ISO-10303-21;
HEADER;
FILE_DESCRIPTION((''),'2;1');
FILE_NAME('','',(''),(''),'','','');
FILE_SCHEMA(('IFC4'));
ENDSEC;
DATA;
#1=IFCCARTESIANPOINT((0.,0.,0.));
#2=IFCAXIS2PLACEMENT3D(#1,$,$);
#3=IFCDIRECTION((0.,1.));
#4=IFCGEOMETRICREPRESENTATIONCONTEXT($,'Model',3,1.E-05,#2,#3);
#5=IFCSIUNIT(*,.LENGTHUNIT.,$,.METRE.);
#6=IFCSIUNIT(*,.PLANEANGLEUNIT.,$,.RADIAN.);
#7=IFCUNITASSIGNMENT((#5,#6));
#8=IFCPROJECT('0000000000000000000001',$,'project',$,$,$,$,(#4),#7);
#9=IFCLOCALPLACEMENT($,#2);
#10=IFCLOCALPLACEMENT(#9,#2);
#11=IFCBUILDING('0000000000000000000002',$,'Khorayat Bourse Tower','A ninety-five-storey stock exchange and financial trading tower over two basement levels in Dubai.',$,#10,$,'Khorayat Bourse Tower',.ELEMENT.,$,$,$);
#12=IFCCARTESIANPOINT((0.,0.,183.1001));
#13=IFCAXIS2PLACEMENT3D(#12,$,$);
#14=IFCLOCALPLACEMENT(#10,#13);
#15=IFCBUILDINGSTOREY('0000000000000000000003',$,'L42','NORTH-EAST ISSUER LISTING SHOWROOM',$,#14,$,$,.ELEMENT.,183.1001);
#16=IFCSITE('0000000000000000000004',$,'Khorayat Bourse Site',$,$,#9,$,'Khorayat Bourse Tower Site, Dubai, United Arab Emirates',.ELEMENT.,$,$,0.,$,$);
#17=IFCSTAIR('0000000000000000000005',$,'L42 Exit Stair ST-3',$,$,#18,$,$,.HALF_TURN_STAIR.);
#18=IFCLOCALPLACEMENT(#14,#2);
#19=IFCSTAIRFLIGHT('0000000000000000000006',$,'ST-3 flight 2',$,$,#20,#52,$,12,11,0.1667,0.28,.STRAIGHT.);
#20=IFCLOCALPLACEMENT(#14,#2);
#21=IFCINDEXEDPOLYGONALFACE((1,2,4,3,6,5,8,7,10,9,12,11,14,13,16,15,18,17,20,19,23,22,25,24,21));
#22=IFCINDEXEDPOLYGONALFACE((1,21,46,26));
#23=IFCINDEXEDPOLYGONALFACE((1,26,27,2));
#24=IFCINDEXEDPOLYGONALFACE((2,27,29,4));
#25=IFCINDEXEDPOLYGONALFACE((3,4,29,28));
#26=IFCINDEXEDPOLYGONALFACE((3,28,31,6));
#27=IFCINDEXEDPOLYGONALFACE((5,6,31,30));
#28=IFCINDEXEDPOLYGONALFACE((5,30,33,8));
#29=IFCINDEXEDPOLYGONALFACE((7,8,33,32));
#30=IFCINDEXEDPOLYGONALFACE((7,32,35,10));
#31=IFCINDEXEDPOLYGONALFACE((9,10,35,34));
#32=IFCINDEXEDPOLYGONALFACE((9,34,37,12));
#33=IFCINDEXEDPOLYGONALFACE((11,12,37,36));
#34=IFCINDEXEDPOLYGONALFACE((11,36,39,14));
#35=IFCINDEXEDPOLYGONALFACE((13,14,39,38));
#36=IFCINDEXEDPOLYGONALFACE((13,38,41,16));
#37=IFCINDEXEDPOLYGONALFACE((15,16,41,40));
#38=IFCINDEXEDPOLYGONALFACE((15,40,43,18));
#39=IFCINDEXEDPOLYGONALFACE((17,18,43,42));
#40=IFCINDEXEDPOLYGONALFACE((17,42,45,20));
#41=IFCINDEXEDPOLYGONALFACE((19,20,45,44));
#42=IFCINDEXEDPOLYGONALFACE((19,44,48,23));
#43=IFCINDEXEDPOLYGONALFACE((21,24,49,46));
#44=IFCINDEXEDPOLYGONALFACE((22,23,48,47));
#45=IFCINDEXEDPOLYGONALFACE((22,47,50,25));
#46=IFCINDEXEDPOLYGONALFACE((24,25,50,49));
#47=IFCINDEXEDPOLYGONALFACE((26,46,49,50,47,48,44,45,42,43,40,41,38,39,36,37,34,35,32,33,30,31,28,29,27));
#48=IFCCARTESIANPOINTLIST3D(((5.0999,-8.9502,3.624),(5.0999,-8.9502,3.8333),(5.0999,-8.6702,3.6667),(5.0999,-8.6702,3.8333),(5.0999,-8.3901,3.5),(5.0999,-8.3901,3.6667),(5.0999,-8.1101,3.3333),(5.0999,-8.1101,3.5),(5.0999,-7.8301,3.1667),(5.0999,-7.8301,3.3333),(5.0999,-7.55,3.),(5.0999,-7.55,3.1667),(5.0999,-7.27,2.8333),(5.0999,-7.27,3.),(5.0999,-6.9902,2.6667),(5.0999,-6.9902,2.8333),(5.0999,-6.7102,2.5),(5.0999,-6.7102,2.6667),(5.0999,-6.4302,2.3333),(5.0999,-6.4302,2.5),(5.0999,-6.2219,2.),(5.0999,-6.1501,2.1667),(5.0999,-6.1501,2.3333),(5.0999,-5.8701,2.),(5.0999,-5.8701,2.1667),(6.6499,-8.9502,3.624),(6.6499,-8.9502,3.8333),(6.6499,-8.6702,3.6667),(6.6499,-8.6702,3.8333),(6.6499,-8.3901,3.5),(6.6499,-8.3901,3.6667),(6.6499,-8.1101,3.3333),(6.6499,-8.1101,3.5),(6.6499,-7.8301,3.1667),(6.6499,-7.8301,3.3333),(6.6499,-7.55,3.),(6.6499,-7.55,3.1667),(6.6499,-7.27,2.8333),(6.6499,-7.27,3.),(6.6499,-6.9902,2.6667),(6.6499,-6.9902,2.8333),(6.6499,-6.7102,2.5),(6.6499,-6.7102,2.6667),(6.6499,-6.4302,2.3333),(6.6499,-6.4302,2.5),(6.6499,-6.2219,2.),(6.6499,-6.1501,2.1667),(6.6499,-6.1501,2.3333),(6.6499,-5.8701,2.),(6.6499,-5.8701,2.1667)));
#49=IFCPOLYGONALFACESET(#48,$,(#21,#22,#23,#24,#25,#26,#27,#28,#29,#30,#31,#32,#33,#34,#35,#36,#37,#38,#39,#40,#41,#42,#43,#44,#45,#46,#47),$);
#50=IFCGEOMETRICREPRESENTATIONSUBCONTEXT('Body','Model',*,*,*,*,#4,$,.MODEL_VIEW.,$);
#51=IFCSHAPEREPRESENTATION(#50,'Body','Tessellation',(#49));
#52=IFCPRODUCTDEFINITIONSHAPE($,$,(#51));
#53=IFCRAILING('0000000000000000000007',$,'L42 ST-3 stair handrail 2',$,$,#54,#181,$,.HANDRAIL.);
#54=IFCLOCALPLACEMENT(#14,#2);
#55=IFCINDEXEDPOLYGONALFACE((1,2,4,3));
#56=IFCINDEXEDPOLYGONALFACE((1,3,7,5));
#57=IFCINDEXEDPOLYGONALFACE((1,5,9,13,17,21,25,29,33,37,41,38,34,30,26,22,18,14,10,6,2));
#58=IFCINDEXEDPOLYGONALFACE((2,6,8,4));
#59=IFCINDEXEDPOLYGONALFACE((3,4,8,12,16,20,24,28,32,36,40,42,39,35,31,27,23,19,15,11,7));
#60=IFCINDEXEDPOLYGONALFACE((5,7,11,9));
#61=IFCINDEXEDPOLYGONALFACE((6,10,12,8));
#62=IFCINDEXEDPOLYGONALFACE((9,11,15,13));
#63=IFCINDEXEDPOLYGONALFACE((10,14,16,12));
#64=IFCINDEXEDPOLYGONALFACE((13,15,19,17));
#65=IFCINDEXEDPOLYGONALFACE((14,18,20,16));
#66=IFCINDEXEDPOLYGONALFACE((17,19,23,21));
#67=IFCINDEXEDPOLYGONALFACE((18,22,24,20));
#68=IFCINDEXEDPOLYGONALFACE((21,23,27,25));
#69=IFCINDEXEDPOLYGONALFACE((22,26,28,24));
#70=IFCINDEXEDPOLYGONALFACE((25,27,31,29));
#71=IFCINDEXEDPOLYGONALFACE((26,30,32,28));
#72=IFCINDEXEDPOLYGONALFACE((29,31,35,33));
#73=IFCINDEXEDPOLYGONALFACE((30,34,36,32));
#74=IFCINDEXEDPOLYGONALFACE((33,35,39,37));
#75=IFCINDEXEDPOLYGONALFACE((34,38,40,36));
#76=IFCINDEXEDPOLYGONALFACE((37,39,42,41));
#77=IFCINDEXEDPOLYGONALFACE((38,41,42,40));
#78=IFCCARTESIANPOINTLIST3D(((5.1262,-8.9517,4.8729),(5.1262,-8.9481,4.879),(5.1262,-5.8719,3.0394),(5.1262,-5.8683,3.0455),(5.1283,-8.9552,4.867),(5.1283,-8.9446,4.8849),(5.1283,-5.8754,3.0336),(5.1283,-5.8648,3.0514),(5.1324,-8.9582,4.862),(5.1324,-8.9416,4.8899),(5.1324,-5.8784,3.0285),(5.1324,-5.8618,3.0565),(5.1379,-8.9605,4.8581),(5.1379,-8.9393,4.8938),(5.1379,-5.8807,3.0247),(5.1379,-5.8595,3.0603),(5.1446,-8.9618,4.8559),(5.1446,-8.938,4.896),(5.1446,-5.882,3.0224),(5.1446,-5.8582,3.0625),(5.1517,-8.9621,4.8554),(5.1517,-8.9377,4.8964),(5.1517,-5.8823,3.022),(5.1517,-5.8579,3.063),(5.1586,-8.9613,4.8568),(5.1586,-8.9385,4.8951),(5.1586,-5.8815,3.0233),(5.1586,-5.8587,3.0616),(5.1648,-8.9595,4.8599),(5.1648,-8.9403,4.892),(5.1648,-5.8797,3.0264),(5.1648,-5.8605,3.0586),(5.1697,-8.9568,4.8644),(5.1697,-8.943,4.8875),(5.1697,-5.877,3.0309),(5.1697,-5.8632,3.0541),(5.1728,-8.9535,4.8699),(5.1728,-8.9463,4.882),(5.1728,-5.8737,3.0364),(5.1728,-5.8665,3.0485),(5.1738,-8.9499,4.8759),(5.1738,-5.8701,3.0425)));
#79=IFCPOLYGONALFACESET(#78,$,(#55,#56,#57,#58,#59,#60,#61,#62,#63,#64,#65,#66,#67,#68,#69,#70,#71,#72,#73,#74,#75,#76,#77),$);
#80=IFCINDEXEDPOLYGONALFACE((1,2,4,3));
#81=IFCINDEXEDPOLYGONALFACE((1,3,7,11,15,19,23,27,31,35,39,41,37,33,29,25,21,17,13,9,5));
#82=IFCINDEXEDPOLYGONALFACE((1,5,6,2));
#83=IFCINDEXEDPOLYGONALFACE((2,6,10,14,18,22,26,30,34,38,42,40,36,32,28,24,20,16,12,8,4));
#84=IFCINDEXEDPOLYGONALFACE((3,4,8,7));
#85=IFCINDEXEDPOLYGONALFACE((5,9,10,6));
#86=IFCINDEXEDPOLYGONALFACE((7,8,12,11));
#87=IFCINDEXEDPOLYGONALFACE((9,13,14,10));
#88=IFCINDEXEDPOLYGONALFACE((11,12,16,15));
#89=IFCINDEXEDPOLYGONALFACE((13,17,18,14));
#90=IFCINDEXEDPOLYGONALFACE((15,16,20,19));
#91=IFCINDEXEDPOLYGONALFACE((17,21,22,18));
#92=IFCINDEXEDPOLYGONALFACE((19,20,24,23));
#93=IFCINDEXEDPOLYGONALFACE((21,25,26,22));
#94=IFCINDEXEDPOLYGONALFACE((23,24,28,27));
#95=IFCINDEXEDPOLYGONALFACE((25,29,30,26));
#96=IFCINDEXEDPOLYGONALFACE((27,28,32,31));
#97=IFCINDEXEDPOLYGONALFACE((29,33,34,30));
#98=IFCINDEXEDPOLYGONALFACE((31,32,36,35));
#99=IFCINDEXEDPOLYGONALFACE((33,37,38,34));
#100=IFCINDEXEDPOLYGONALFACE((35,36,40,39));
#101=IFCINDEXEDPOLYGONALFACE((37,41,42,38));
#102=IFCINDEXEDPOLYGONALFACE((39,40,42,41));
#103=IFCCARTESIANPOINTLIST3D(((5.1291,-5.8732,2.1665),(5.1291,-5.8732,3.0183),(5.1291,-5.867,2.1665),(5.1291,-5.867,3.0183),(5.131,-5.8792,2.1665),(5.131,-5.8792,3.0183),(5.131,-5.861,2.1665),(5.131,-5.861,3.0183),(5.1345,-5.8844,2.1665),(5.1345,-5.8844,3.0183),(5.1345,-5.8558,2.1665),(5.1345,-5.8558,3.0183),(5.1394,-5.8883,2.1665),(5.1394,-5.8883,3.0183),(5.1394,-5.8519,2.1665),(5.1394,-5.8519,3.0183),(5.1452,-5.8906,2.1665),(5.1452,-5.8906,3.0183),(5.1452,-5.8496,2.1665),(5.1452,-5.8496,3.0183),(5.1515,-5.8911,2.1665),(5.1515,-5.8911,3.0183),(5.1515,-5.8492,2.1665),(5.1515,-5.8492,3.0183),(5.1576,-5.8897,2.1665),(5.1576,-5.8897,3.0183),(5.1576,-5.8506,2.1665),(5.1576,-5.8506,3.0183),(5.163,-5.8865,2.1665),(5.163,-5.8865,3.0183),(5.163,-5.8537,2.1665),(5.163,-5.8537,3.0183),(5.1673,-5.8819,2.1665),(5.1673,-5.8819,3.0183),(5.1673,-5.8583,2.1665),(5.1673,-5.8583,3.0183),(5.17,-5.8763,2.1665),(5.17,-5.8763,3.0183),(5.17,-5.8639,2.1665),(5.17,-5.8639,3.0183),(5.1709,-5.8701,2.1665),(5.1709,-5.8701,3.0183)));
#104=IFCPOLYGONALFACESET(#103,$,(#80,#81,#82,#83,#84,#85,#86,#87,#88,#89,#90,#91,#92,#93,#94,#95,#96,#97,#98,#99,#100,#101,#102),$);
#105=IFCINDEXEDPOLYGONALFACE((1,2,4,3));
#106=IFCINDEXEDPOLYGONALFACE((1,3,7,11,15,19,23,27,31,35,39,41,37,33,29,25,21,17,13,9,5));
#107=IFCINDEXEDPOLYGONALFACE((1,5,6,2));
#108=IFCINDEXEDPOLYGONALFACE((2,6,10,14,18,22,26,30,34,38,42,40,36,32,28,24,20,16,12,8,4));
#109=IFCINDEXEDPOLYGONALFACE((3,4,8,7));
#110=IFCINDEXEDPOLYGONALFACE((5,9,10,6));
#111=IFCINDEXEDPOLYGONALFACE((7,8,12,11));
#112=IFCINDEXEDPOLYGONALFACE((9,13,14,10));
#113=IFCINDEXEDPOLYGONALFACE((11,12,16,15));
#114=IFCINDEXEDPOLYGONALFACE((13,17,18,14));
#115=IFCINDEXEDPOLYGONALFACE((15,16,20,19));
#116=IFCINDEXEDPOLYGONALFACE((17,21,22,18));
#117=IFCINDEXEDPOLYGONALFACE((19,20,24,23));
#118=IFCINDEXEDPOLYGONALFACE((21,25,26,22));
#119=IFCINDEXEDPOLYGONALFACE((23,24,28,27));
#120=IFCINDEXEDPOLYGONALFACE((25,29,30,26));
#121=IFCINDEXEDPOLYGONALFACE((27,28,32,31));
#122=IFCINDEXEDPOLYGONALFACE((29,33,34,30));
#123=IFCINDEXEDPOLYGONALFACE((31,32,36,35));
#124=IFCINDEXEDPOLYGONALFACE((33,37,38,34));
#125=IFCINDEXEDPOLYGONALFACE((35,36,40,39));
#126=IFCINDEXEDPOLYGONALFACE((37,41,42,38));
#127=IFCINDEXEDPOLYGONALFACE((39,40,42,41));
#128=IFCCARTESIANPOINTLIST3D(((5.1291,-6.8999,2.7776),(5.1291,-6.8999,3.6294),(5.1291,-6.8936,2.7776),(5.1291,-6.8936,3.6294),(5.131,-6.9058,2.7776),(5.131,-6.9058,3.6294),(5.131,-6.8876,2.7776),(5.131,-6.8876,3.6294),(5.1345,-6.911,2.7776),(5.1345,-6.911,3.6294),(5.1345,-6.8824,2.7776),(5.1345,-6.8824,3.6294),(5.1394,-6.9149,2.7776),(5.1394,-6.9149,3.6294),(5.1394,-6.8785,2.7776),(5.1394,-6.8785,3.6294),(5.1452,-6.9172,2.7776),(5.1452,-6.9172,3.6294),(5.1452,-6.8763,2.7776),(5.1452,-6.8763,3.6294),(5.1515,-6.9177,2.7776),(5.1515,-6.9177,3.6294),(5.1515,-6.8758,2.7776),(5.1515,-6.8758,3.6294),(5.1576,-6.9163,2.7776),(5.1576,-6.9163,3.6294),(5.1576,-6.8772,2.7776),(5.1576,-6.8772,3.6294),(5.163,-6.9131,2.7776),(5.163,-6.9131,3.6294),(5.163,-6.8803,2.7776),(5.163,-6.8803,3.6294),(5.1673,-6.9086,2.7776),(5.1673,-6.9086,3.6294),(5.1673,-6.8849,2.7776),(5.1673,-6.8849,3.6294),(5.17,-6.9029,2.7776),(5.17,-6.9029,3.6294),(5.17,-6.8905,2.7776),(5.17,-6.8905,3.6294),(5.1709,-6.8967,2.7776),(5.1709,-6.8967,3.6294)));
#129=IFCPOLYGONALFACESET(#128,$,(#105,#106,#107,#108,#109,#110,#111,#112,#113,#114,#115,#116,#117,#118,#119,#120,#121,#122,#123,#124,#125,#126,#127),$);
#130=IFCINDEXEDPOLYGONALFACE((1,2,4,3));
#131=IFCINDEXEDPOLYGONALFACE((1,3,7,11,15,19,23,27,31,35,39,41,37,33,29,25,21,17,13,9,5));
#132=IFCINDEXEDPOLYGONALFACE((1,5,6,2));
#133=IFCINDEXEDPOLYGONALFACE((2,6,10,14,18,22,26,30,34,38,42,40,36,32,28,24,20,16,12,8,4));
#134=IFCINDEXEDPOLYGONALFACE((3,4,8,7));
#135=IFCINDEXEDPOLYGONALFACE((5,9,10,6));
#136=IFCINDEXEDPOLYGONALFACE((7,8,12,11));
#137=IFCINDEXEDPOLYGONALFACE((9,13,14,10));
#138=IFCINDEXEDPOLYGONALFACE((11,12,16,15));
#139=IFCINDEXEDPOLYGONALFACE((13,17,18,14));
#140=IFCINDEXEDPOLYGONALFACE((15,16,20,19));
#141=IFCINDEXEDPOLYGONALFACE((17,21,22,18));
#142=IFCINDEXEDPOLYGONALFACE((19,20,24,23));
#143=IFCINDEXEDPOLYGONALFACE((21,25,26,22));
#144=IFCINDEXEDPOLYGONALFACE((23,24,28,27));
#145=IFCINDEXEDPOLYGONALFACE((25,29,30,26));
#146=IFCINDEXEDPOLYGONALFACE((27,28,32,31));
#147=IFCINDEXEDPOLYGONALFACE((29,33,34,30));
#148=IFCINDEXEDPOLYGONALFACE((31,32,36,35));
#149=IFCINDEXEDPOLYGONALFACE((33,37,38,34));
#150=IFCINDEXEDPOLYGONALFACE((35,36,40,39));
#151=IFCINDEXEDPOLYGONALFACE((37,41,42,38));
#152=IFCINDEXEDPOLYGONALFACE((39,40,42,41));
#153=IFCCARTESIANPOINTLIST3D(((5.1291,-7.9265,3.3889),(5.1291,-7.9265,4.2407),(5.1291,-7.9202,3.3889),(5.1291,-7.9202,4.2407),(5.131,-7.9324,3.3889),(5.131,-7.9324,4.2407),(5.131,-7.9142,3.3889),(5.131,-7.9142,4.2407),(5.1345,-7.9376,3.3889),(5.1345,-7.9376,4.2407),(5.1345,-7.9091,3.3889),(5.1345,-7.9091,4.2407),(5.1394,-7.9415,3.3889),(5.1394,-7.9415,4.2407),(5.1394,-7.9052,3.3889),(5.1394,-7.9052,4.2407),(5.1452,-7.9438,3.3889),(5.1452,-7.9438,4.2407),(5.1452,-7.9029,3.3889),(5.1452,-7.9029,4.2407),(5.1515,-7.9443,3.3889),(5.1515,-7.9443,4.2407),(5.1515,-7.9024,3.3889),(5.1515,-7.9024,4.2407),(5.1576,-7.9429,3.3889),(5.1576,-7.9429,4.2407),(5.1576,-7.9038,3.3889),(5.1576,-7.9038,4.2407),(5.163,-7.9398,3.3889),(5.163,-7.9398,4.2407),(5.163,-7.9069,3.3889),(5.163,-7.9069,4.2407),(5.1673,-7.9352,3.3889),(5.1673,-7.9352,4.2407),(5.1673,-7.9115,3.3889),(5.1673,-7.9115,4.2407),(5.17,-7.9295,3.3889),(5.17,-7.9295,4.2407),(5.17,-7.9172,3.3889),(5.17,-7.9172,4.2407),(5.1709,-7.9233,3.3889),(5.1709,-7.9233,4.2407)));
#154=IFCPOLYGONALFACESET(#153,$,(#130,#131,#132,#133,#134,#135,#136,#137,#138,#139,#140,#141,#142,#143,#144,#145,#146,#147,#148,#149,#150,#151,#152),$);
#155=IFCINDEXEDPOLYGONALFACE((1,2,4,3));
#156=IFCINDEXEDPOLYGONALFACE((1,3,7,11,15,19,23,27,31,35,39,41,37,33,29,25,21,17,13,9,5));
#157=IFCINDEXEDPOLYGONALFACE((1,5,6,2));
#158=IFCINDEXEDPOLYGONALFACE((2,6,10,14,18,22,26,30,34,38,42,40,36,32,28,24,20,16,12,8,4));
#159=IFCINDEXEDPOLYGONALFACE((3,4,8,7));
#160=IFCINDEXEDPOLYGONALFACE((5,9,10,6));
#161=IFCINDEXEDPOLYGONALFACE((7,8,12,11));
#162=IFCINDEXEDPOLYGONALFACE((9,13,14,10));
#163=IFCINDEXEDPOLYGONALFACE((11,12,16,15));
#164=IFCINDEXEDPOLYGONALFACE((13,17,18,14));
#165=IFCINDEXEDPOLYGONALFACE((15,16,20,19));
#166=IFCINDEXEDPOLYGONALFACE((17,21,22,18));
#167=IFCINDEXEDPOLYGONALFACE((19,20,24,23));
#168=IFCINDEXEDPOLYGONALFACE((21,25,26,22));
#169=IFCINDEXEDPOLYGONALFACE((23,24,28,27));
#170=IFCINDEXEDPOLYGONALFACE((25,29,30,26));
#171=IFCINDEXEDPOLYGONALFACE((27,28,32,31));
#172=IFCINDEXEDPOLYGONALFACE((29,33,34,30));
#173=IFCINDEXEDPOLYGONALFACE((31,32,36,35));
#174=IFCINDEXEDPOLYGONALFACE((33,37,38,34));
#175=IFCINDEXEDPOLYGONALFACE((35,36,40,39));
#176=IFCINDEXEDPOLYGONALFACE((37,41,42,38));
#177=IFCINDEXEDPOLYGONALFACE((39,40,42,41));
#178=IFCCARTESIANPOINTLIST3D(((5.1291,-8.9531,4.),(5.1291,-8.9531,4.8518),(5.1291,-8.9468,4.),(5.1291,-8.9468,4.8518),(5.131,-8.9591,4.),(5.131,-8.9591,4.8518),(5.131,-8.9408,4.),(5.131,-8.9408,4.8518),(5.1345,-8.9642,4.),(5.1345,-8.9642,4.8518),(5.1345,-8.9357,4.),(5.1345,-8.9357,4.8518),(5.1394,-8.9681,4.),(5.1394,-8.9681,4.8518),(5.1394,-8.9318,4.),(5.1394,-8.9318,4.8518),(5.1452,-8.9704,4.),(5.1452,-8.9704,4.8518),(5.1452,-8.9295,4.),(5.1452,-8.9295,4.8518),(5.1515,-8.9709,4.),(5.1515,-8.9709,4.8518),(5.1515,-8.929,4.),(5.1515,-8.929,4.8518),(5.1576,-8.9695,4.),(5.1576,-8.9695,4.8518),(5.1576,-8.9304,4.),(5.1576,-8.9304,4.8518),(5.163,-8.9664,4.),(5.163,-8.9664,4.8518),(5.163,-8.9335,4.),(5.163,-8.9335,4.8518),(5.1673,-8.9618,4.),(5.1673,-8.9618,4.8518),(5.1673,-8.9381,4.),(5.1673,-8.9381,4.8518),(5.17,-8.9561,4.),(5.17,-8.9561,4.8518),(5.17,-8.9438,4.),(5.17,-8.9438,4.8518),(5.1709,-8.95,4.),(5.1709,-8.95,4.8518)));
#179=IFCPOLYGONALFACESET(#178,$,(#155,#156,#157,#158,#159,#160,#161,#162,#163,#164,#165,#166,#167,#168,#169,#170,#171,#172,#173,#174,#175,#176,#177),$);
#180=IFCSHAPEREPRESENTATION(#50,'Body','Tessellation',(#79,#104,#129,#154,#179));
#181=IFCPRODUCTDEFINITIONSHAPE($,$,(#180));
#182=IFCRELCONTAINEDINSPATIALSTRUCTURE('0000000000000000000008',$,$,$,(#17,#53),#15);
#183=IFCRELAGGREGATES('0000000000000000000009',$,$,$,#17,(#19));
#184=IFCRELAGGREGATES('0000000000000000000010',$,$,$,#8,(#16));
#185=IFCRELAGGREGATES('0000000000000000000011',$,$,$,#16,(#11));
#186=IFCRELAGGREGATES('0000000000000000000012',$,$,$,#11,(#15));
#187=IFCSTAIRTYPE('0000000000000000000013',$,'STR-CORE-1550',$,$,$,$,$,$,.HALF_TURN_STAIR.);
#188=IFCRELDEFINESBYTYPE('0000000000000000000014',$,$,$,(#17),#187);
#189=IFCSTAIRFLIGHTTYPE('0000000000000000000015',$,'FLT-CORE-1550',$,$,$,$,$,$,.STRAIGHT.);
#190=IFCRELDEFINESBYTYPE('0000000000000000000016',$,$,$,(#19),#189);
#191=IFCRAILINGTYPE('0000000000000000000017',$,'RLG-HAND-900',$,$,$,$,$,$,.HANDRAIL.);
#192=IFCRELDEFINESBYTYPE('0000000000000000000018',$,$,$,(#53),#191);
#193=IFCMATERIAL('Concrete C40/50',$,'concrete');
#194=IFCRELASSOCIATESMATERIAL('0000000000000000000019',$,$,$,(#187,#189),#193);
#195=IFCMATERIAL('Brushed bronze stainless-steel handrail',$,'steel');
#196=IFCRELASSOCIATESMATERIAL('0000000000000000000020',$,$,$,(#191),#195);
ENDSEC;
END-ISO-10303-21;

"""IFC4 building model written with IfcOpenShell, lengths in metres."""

from ifc_helpers import new_model, si_unit, direction, frame, origin, origin_2d, place, context, subcontext, project, spatial, polyline, circle, outline, extrude, source, transform, mapped, material, type_object, element, aggregate, save


model = new_model("IFC4")

# Units and contexts
model_context = context("Model", 3, precision=1e-05, world=origin(), true_north=direction((0.0, 1.0)))
body_context = subcontext(model_context, "Body", "Model", "MODEL_VIEW")
ifc_project = project(units=[si_unit("LENGTHUNIT", "METRE"), si_unit("PLANEANGLEUNIT", "RADIAN")], contexts=[model_context])

# Site, building, storey
site_placement = place(None, origin())
site = spatial("IfcSite", under=ifc_project, at=site_placement, Name="Khorayat Bourse Site", LongName="Khorayat Bourse Tower Site, Dubai, United Arab Emirates", CompositionType="ELEMENT", RefElevation=0.0)
building_placement = place(site_placement, origin())
building = spatial("IfcBuilding", under=site, at=building_placement, Name="Khorayat Bourse Tower", Description="A ninety-five-storey stock exchange and financial trading tower over two basement levels in Dubai.", LongName="Khorayat Bourse Tower", CompositionType="ELEMENT")
storey_placement = place(building_placement, frame((0.0, 0.0, 183.1001)))
storey = spatial("IfcBuildingStorey", under=building, at=storey_placement, Name="L42", Description="NORTH-EAST ISSUER LISTING SHOWROOM", CompositionType="ELEMENT", Elevation=183.1001)

# Stair, stair flight
ifc_material_1 = material(Name="Concrete C40/50", Category="concrete")
stair_type = type_object("IfcStairType", Name="STR-CORE-1550", PredefinedType="HALF_TURN_STAIR", material=ifc_material_1)
stair_placement = place(storey_placement, origin())
stair = element("IfcStair", 1, at=stair_placement, inside=storey, type_object=stair_type, Name="L42 Exit Stair ST-3", PredefinedType="HALF_TURN_STAIR")
stair_flight_type = type_object("IfcStairFlightType", Name="FLT-CORE-1550", PredefinedType="STRAIGHT", material=ifc_material_1)
shared_shape_1 = source(origin(), body_context, "Body", "SweptSolid", [
    extrude(outline(polyline([(0.0, 0.0), (0.0, 0.1667), (0.28, 0.1667), (0.28, 0.3333), (0.5601, 0.3333), (0.5601, 0.5), (0.8401, 0.5), (0.8401, 0.6667), (1.1201, 0.6667), (1.1201, 0.8333), (1.3999, 0.8333), (1.3999, 1.0), (1.6799, 1.0), (1.6799, 1.1667), (1.96, 1.1667), (1.96, 1.3333), (2.24, 1.3333), (2.24, 1.5), (2.52, 1.5), (2.52, 1.6667), (2.8, 1.6667), (2.8, 1.8333), (3.0801, 1.8333), (3.0801, 2.0), (3.0801, 1.624), (0.3518, 0.0), (0.0, 0.0)])), frame((0.0, 0.7749, 0.0), z_axis=(0.0, -1.0, 0.0), x_axis=(1.0, 0.0, 0.0)), (0.0, 0.0, 1.0), 1.55),
])
stair_flight_placement = place(storey_placement, frame((5.875, -5.8701, 2.0), z_axis=(0.0, 0.0, 1.0), x_axis=(0.0, -1.0, 0.0)))
stair_flight = element("IfcStairFlight", 2, at=stair_flight_placement, type_object=stair_flight_type, Name="ST-3 flight 2", NumberOfRisers=12, NumberOfTreads=11, PredefinedType="STRAIGHT", RiserHeight=0.1667, TreadLength=0.28, context=body_context, shape_type="MappedRepresentation", body=[
    mapped(shared_shape_1, transform((0.0, 0.0, 0.0), scale=1.0)),
])
aggregate(stair, [stair_flight])

# Railing
ifc_material_2 = material(Name="Brushed bronze stainless-steel handrail", Category="steel")
railing_type = type_object("IfcRailingType", Name="RLG-HAND-900", PredefinedType="HANDRAIL", material=ifc_material_2)
shared_shape_2 = source(origin(), body_context, "Body", "SweptSolid", [
    extrude(circle(Radius=0.0239, at=origin_2d()), frame((0.0, 0.0, 0.876), z_axis=(0.0, -0.859261, 0.511538), x_axis=(1.0, 0.0, 0.0)), (0.0, 0.0, 1.0), 3.5842),
    extrude(circle(Radius=0.021, at=origin_2d()), origin(), (0.0, 0.0, 1.0), 0.8518),
    extrude(circle(Radius=0.021, at=origin_2d()), frame((0.0, -1.0266, 0.6111)), (0.0, 0.0, 1.0), 0.8518),
    extrude(circle(Radius=0.021, at=origin_2d()), frame((0.0, -2.0532, 1.2224)), (0.0, 0.0, 1.0), 0.8518),
    extrude(circle(Radius=0.021, at=origin_2d()), frame((0.0, -3.0798, 1.8335)), (0.0, 0.0, 1.0), 0.8518),
])
railing_placement = place(storey_placement, frame((5.1499, -5.8701, 2.1665)))
element("IfcRailing", 3, at=railing_placement, inside=storey, type_object=railing_type, Name="L42 ST-3 stair handrail 2", PredefinedType="HANDRAIL", context=body_context, shape_type="MappedRepresentation", body=[
    mapped(shared_shape_2, transform((0.0, 0.0, 0.0), scale=1.0)),
])

save(model, "model.ifc")
